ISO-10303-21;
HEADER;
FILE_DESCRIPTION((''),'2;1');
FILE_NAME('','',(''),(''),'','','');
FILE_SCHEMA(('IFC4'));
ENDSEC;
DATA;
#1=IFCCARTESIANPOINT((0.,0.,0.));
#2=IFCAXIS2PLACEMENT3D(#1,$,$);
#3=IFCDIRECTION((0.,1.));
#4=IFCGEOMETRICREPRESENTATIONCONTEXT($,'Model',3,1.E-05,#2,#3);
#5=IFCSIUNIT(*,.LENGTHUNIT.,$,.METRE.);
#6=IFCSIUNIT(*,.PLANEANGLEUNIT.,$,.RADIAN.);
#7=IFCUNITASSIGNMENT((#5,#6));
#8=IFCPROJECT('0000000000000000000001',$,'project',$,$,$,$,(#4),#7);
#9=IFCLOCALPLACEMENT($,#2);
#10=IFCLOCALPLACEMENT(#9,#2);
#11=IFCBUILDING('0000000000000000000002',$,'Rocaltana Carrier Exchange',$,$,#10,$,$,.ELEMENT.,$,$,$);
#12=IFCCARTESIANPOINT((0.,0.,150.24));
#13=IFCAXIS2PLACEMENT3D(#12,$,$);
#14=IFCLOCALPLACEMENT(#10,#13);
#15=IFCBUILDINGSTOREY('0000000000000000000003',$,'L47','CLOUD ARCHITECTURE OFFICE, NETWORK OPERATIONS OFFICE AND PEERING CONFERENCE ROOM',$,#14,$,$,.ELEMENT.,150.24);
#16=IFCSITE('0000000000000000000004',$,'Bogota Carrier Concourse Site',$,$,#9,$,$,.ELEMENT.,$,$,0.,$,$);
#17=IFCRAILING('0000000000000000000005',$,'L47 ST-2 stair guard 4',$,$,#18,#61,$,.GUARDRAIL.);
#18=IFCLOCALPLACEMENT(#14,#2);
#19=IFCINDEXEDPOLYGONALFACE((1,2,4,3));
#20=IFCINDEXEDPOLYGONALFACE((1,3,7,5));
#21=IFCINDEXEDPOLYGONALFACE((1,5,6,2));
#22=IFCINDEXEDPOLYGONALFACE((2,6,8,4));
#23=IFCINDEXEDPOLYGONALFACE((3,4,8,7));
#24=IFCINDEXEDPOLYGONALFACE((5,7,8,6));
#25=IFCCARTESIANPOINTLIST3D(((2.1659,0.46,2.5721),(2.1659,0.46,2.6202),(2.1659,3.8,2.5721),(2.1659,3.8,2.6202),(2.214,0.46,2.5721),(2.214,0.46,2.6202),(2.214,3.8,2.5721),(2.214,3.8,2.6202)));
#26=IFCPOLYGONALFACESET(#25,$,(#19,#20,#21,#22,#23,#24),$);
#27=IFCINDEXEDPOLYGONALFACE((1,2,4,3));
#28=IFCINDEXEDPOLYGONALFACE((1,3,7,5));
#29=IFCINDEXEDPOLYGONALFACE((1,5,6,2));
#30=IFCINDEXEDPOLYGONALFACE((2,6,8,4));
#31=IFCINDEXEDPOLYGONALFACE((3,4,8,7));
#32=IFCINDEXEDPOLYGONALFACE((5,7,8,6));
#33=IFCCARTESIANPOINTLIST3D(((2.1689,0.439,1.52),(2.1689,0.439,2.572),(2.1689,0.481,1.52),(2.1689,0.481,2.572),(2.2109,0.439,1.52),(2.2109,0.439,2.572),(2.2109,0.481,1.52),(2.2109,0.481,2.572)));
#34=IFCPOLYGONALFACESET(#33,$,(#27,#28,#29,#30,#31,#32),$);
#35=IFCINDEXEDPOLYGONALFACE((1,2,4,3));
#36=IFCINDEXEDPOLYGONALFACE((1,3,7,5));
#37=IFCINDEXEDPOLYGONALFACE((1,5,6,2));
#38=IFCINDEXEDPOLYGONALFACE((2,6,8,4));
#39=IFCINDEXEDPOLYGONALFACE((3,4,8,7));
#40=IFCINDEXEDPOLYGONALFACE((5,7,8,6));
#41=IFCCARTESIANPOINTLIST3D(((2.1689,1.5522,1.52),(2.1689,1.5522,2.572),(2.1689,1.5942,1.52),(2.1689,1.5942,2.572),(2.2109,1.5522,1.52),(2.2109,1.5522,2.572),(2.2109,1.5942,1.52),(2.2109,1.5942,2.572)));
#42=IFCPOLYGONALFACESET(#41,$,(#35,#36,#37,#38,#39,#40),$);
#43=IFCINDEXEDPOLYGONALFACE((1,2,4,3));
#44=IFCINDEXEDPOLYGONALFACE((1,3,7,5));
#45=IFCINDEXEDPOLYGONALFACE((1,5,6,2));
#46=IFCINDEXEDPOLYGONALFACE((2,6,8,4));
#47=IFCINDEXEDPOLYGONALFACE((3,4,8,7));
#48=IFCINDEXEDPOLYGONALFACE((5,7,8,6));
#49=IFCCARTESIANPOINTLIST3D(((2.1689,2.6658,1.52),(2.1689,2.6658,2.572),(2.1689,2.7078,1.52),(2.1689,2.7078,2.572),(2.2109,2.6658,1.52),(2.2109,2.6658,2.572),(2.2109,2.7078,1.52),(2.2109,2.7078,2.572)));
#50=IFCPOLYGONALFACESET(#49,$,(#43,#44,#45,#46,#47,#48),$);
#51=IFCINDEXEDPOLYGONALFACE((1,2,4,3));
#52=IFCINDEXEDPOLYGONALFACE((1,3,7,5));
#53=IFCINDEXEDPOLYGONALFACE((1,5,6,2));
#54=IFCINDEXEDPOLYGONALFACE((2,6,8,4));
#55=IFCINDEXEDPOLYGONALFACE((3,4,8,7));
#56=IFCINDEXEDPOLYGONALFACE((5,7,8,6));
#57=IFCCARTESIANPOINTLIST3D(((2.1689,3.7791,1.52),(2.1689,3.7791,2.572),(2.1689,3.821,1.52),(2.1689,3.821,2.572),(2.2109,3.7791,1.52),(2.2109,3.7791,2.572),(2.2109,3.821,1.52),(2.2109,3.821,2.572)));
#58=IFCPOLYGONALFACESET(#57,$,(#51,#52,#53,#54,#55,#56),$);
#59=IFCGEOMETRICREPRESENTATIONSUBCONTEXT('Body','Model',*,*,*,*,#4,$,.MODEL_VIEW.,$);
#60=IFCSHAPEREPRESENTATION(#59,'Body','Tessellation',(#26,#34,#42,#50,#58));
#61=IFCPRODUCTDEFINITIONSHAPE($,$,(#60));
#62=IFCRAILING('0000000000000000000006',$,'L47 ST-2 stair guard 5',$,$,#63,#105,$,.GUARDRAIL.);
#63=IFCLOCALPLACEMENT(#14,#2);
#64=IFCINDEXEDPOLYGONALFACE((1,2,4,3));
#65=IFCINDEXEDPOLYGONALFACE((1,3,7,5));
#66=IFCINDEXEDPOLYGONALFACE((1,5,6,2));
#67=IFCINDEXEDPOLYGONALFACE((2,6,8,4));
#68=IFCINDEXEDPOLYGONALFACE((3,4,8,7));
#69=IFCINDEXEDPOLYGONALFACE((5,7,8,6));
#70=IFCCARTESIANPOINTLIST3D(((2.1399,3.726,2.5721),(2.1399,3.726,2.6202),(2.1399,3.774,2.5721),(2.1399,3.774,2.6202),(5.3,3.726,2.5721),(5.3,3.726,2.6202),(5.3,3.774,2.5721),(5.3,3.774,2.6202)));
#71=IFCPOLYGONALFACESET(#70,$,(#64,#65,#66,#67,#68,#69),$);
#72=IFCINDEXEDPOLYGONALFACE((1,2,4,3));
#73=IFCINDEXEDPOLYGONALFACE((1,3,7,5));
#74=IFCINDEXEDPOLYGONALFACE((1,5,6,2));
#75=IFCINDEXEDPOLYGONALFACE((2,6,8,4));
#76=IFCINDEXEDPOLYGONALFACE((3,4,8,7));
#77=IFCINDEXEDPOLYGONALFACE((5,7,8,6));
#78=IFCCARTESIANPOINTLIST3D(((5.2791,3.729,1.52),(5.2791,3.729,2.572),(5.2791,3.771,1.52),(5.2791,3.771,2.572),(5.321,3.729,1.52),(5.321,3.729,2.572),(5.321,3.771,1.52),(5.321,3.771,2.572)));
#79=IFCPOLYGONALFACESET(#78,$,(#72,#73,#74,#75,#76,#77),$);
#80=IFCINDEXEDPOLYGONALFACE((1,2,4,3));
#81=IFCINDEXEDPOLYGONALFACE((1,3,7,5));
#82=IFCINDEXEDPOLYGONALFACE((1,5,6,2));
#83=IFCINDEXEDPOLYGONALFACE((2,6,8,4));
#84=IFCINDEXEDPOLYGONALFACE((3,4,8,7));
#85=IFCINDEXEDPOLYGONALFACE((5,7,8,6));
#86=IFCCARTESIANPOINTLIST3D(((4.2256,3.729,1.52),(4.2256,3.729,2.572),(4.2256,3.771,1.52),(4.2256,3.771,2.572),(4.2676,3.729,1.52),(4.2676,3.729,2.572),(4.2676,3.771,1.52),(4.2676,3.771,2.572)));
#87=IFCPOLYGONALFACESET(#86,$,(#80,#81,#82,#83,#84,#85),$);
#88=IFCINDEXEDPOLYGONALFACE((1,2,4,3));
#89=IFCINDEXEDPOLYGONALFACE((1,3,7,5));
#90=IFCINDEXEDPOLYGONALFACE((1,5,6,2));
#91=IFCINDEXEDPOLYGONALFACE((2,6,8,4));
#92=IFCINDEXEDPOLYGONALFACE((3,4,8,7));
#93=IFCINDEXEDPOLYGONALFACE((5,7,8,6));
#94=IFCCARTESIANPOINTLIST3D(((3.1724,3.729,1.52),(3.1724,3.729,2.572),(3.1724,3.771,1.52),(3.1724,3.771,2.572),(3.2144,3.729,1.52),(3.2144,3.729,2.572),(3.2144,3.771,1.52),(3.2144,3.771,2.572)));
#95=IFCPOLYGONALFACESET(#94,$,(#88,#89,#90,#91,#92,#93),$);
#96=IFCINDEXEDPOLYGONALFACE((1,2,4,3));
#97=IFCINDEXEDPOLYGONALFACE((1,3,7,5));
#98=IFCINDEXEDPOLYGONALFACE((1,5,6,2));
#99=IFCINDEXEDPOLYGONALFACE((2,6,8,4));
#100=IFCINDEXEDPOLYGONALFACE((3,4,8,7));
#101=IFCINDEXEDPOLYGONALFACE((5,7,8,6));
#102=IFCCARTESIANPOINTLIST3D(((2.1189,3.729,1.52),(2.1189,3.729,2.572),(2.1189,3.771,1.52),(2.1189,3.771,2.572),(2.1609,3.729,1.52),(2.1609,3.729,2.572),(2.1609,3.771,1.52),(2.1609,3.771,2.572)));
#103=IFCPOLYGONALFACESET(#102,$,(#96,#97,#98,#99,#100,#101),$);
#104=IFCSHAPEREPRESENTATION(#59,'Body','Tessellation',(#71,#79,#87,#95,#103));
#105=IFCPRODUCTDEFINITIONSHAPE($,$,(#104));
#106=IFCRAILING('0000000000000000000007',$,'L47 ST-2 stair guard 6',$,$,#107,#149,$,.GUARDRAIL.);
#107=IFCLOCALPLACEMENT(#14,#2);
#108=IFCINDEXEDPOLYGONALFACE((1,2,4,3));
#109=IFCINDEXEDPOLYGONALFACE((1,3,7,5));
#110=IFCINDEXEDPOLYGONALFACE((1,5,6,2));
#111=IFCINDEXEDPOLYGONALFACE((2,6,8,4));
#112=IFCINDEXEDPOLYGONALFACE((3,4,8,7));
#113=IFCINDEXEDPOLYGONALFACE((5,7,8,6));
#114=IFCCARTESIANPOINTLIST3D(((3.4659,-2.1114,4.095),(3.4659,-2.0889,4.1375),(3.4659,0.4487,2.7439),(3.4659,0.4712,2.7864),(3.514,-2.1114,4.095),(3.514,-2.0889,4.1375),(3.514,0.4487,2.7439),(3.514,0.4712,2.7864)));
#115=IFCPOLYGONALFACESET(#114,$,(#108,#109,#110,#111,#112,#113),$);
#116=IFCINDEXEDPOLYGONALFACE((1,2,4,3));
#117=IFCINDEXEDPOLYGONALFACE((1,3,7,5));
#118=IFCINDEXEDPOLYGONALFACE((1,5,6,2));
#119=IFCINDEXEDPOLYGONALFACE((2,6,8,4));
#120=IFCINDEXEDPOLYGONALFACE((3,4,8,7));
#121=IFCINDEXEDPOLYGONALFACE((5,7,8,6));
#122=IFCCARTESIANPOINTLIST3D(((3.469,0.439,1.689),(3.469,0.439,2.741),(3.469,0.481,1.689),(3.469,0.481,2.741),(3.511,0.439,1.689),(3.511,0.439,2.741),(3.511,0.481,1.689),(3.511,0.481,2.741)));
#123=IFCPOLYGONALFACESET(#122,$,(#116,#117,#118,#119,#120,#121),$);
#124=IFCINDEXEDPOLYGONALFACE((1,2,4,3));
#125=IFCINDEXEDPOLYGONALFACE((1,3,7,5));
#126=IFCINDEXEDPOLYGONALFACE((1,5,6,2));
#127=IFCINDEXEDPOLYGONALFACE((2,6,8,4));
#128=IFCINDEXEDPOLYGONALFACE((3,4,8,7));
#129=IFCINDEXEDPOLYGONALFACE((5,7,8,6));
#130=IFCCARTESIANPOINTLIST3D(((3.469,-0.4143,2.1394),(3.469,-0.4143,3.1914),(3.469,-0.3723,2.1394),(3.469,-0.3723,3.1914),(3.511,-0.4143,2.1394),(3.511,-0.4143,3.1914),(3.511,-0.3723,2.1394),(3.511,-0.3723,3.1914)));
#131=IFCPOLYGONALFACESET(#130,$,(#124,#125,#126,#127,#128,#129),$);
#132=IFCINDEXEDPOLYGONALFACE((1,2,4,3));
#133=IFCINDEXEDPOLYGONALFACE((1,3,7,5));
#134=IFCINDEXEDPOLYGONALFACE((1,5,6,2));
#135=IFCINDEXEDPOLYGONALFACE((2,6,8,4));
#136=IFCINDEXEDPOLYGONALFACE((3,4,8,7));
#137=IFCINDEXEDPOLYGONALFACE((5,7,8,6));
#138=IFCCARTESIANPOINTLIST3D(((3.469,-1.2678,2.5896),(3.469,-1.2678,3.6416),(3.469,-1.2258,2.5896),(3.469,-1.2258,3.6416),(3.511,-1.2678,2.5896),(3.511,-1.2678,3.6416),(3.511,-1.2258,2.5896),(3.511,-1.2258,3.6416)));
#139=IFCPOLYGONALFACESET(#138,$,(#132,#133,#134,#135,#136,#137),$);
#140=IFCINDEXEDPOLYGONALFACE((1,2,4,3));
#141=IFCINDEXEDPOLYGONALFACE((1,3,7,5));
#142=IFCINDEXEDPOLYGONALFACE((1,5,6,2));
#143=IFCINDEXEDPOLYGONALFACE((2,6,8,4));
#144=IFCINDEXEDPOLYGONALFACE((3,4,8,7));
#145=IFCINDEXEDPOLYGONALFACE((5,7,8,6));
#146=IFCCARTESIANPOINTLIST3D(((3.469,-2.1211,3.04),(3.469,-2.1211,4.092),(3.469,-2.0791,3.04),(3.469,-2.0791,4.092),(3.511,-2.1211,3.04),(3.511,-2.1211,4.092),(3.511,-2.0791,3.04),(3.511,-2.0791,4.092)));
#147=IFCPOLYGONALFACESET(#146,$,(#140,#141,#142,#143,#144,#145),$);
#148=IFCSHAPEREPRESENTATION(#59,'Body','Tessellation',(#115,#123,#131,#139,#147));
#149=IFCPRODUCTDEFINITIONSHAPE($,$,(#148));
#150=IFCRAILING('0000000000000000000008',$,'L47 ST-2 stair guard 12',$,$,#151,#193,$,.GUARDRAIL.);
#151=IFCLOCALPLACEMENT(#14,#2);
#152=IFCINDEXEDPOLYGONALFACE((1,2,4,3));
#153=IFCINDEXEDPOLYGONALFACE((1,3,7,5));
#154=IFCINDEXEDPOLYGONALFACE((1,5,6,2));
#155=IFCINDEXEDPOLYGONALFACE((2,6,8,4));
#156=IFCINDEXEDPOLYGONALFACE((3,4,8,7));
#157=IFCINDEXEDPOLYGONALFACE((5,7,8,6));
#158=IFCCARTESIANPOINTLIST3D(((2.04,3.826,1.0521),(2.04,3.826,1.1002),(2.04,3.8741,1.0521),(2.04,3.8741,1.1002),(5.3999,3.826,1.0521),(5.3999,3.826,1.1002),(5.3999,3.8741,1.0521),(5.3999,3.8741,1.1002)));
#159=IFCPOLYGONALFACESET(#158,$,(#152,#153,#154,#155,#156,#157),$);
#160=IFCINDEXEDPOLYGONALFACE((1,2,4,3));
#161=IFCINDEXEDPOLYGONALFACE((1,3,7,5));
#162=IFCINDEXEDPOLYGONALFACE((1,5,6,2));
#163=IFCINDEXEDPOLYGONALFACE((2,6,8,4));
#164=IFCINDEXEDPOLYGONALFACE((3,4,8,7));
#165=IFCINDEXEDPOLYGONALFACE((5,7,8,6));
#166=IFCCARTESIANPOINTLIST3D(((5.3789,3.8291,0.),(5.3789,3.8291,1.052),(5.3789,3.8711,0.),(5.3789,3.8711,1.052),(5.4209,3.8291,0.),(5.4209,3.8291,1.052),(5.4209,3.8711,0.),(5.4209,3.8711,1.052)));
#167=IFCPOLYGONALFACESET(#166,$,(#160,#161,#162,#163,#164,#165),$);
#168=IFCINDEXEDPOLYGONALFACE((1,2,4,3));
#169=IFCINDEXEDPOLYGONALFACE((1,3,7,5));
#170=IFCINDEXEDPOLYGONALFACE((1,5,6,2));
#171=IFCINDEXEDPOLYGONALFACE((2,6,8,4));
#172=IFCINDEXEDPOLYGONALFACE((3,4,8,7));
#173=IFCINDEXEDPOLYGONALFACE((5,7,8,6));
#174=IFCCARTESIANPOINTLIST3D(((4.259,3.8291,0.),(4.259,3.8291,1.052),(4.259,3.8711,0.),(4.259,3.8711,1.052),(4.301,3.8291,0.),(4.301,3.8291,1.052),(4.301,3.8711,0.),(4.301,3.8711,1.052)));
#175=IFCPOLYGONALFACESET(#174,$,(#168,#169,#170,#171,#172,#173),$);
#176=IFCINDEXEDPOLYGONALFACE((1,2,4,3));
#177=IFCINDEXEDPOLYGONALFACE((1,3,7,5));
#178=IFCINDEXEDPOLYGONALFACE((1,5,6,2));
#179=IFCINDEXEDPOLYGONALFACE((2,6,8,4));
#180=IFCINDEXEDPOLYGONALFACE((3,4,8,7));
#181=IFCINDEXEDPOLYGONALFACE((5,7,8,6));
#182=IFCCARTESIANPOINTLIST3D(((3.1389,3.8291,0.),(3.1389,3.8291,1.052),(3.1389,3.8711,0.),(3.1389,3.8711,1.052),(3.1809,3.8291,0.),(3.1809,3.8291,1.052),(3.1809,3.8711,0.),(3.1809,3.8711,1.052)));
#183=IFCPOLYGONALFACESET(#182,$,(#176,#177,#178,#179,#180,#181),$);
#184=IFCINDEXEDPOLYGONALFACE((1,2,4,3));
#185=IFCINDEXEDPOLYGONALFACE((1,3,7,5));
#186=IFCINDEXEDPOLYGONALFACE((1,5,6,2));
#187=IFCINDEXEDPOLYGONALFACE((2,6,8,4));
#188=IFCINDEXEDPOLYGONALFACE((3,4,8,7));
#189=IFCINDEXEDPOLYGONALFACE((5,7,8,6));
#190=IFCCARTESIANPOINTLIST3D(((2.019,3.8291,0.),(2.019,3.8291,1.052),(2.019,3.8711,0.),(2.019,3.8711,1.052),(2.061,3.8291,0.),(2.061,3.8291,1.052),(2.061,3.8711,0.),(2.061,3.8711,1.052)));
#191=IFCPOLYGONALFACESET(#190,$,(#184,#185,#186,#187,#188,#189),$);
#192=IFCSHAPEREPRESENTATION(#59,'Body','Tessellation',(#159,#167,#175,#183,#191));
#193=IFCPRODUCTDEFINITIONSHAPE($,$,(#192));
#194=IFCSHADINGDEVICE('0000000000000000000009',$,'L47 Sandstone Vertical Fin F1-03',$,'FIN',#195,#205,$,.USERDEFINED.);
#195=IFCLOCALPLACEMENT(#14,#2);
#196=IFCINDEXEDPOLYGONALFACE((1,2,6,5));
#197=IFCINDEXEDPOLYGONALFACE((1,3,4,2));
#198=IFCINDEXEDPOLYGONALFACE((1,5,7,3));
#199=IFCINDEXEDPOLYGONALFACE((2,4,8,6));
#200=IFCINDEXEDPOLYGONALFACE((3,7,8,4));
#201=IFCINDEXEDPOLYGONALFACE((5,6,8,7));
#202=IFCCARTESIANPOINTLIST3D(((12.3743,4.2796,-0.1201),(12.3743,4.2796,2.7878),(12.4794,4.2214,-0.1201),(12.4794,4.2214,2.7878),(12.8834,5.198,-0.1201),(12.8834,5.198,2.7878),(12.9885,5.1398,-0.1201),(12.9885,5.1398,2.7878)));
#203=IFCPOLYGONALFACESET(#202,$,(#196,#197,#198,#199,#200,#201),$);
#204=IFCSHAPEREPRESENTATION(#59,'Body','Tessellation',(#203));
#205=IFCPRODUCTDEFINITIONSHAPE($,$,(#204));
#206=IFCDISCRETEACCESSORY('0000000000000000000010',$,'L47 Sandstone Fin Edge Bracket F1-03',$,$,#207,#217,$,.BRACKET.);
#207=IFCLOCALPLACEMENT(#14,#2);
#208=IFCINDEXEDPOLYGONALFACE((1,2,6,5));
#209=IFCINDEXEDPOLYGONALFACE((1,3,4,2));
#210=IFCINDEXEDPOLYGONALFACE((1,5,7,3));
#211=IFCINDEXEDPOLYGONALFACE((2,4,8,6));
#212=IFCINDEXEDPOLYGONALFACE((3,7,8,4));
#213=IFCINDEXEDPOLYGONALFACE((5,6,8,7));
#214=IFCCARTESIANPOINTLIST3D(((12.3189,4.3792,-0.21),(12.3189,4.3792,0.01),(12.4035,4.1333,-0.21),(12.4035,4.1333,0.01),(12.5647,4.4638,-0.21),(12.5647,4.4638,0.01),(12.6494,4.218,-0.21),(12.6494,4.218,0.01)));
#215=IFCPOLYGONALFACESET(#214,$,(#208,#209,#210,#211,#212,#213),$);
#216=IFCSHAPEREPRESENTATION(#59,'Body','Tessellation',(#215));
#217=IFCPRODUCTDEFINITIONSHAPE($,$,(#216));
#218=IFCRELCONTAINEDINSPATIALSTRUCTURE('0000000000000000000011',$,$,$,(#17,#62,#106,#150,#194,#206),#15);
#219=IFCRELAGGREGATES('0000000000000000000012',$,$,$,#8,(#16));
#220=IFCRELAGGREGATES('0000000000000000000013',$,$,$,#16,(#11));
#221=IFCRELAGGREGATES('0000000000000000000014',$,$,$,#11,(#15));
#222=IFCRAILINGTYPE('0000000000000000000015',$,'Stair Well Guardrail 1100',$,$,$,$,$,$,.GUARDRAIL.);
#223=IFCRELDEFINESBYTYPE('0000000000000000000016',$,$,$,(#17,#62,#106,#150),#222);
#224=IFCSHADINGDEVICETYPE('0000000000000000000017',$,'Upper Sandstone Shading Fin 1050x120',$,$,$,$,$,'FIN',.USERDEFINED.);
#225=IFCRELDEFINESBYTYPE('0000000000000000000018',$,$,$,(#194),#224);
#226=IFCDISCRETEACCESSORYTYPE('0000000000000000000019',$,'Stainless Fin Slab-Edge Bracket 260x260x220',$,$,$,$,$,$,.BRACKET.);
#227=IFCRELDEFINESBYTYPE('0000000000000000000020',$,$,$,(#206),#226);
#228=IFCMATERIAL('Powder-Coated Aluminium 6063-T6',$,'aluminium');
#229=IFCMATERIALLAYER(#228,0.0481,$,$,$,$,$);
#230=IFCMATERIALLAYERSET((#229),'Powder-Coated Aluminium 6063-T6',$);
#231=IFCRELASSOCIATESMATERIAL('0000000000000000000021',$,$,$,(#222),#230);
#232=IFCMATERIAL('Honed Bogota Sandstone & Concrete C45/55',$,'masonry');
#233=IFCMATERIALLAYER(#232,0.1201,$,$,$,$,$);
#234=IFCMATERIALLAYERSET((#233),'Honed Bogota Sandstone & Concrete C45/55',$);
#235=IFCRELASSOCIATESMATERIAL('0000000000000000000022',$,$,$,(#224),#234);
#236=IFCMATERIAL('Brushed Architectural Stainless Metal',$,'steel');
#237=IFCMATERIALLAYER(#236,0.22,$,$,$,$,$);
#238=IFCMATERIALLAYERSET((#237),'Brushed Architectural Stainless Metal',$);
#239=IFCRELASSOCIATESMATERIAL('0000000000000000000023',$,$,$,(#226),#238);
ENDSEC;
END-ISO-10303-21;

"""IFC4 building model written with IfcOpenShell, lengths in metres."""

from ifc_helpers import new_model, si_unit, direction, frame, origin, origin_2d, place, context, subcontext, project, spatial, rectangle, extrude, material, layer, layer_set, type_object, element, save


model = new_model("IFC4")

# Units and contexts
model_context = context("Model", 3, precision=1e-05, world=origin(), true_north=direction((0.0, 1.0)))
body_context = subcontext(model_context, "Body", "Model", "MODEL_VIEW")
ifc_project = project(units=[si_unit("LENGTHUNIT", "METRE"), si_unit("PLANEANGLEUNIT", "RADIAN")], contexts=[model_context])

# Site, building, storey
site_placement = place(None, origin())
site = spatial("IfcSite", under=ifc_project, at=site_placement, Name="Bogota Carrier Concourse Site", CompositionType="ELEMENT", RefElevation=0.0)
building_placement = place(site_placement, origin())
building = spatial("IfcBuilding", under=site, at=building_placement, Name="Rocaltana Carrier Exchange", CompositionType="ELEMENT")
storey_placement = place(building_placement, frame((0.0, 0.0, 150.24)))
storey = spatial("IfcBuildingStorey", under=building, at=storey_placement, Name="L47", Description="CLOUD ARCHITECTURE OFFICE, NETWORK OPERATIONS OFFICE AND PEERING CONFERENCE ROOM", CompositionType="ELEMENT", Elevation=150.24)

# Railings
ifc_material_1 = material(Name="Powder-Coated Aluminium 6063-T6", Category="aluminium")
ifc_layer_1 = layer(ifc_material_1, 0.0481)
ifc_layer_set_1 = layer_set([ifc_layer_1], Name="Powder-Coated Aluminium 6063-T6")
railing_type_1 = type_object("IfcRailingType", Name="Stair Well Guardrail 1100", PredefinedType="GUARDRAIL", material=ifc_layer_set_1)
for number, where, name in (
    (1, (2.1899, 0.46, 1.52), "L47 ST-2 stair guard 4"),
):
    element("IfcRailing", number, at=place(storey_placement, frame(where)), inside=storey, type_object=railing_type_1, Name=name, PredefinedType="GUARDRAIL", context=body_context, shape_type="SweptSolid", body=[
        extrude(rectangle(XDim=0.0481, YDim=0.0481, at=origin_2d()), frame((0.0, 0.0, 1.0762), z_axis=(0.0, 1.0, 0.0), x_axis=(-1.0, 0.0, 0.0)), (0.0, 0.0, 1.0), 3.3401),
        extrude(rectangle(XDim=0.042, YDim=0.042, at=origin_2d()), origin(), (0.0, 0.0, 1.0), 1.052),
        extrude(rectangle(XDim=0.042, YDim=0.042, at=origin_2d()), frame((0.0, 1.1133, 0.0)), (0.0, 0.0, 1.0), 1.052),
        extrude(rectangle(XDim=0.042, YDim=0.042, at=origin_2d()), frame((0.0, 2.2268, 0.0)), (0.0, 0.0, 1.0), 1.052),
        extrude(rectangle(XDim=0.042, YDim=0.042, at=origin_2d()), frame((0.0, 3.3401, 0.0)), (0.0, 0.0, 1.0), 1.052),
    ])
railing_1_placement = place(storey_placement, frame((5.3, 3.75, 1.52)))
element("IfcRailing", 2, at=railing_1_placement, inside=storey, type_object=railing_type_1, Name="L47 ST-2 stair guard 5", PredefinedType="GUARDRAIL", context=body_context, shape_type="SweptSolid", body=[
    extrude(rectangle(XDim=0.0481, YDim=0.0481, at=origin_2d()), frame((0.0, 0.0, 1.0762), z_axis=(-1.0, 0.0, 0.0), x_axis=(0.0, -1.0, 0.0)), (0.0, 0.0, 1.0), 3.1602),
    extrude(rectangle(XDim=0.042, YDim=0.042, at=origin_2d()), origin(), (0.0, 0.0, 1.0), 1.052),
    extrude(rectangle(XDim=0.042, YDim=0.042, at=origin_2d()), frame((-1.0535, 0.0, 0.0)), (0.0, 0.0, 1.0), 1.052),
    extrude(rectangle(XDim=0.042, YDim=0.042, at=origin_2d()), frame((-2.1067, 0.0, 0.0)), (0.0, 0.0, 1.0), 1.052),
    extrude(rectangle(XDim=0.042, YDim=0.042, at=origin_2d()), frame((-3.1602, 0.0, 0.0)), (0.0, 0.0, 1.0), 1.052),
])
railing_2_placement = place(storey_placement, frame((3.49, 0.46, 1.689)))
element("IfcRailing", 3, at=railing_2_placement, inside=storey, type_object=railing_type_1, Name="L47 ST-2 stair guard 6", PredefinedType="GUARDRAIL", context=body_context, shape_type="SweptSolid", body=[
    extrude(rectangle(XDim=0.0481, YDim=0.0481, at=origin_2d()), frame((0.0, 0.0, 1.0762), z_axis=(0.0, -0.884394, 0.46674), x_axis=(1.0, 0.0, 0.0)), (0.0, 0.0, 1.0), 2.8948),
    extrude(rectangle(XDim=0.042, YDim=0.042, at=origin_2d()), origin(), (0.0, 0.0, 1.0), 1.052),
    extrude(rectangle(XDim=0.042, YDim=0.042, at=origin_2d()), frame((0.0, -0.8533, 0.4504)), (0.0, 0.0, 1.0), 1.052),
    extrude(rectangle(XDim=0.042, YDim=0.042, at=origin_2d()), frame((0.0, -1.7068, 0.9006)), (0.0, 0.0, 1.0), 1.052),
    extrude(rectangle(XDim=0.042, YDim=0.042, at=origin_2d()), frame((0.0, -2.5601, 1.3511)), (0.0, 0.0, 1.0), 1.052),
])
railing_3_placement = place(storey_placement, frame((5.3999, 3.8501, 0.0)))
element("IfcRailing", 4, at=railing_3_placement, inside=storey, type_object=railing_type_1, Name="L47 ST-2 stair guard 12", PredefinedType="GUARDRAIL", context=body_context, shape_type="SweptSolid", body=[
    extrude(rectangle(XDim=0.0481, YDim=0.0481, at=origin_2d()), frame((0.0, 0.0, 1.0762), z_axis=(-1.0, 0.0, 0.0), x_axis=(0.0, -1.0, 0.0)), (0.0, 0.0, 1.0), 3.3599),
    extrude(rectangle(XDim=0.042, YDim=0.042, at=origin_2d()), origin(), (0.0, 0.0, 1.0), 1.052),
    extrude(rectangle(XDim=0.042, YDim=0.042, at=origin_2d()), frame((-1.1199, 0.0, 0.0)), (0.0, 0.0, 1.0), 1.052),
    extrude(rectangle(XDim=0.042, YDim=0.042, at=origin_2d()), frame((-2.24, 0.0, 0.0)), (0.0, 0.0, 1.0), 1.052),
    extrude(rectangle(XDim=0.042, YDim=0.042, at=origin_2d()), frame((-3.3599, 0.0, 0.0)), (0.0, 0.0, 1.0), 1.052),
])

# Shading device
ifc_material_2 = material(Name="Honed Bogota Sandstone & Concrete C45/55", Category="masonry")
ifc_layer_2 = layer(ifc_material_2, 0.1201)
ifc_layer_set_2 = layer_set([ifc_layer_2], Name="Honed Bogota Sandstone & Concrete C45/55")
shading_device_type = type_object("IfcShadingDeviceType", Name="Upper Sandstone Shading Fin 1050x120", ElementType="FIN", PredefinedType="USERDEFINED", material=ifc_layer_set_2)
shading_device_placement = place(storey_placement, frame((12.6814, 4.7097, -0.1201), z_axis=(0.0, 0.0, 1.0), x_axis=(0.48481, 0.87462, 0.0)))
element("IfcShadingDevice", 5, at=shading_device_placement, inside=storey, type_object=shading_device_type, Name="L47 Sandstone Vertical Fin F1-03", ObjectType="FIN", PredefinedType="USERDEFINED", context=body_context, shape_type="SweptSolid", body=[
    extrude(rectangle(XDim=1.05, YDim=0.1201, at=origin_2d()), origin(), (0.0, 0.0, 1.0), 2.908),
])

# Discrete accessory
ifc_material_3 = material(Name="Brushed Architectural Stainless Metal", Category="steel")
ifc_layer_3 = layer(ifc_material_3, 0.22)
ifc_layer_set_3 = layer_set([ifc_layer_3], Name="Brushed Architectural Stainless Metal")
discrete_accessory_type = type_object("IfcDiscreteAccessoryType", Name="Stainless Fin Slab-Edge Bracket 260x260x220", PredefinedType="BRACKET", material=ifc_layer_set_3)
discrete_accessory_placement = place(storey_placement, frame((12.4841, 4.2986, -0.21), z_axis=(0.0, 0.0, 1.0), x_axis=(-0.325568, 0.945519, 0.0)))
element("IfcDiscreteAccessory", 6, at=discrete_accessory_placement, inside=storey, type_object=discrete_accessory_type, Name="L47 Sandstone Fin Edge Bracket F1-03", PredefinedType="BRACKET", context=body_context, shape_type="SweptSolid", body=[
    extrude(rectangle(XDim=0.26, YDim=0.26, at=origin_2d()), origin(), (0.0, 0.0, 1.0), 0.22),
])

save(model, "model.ifc")
